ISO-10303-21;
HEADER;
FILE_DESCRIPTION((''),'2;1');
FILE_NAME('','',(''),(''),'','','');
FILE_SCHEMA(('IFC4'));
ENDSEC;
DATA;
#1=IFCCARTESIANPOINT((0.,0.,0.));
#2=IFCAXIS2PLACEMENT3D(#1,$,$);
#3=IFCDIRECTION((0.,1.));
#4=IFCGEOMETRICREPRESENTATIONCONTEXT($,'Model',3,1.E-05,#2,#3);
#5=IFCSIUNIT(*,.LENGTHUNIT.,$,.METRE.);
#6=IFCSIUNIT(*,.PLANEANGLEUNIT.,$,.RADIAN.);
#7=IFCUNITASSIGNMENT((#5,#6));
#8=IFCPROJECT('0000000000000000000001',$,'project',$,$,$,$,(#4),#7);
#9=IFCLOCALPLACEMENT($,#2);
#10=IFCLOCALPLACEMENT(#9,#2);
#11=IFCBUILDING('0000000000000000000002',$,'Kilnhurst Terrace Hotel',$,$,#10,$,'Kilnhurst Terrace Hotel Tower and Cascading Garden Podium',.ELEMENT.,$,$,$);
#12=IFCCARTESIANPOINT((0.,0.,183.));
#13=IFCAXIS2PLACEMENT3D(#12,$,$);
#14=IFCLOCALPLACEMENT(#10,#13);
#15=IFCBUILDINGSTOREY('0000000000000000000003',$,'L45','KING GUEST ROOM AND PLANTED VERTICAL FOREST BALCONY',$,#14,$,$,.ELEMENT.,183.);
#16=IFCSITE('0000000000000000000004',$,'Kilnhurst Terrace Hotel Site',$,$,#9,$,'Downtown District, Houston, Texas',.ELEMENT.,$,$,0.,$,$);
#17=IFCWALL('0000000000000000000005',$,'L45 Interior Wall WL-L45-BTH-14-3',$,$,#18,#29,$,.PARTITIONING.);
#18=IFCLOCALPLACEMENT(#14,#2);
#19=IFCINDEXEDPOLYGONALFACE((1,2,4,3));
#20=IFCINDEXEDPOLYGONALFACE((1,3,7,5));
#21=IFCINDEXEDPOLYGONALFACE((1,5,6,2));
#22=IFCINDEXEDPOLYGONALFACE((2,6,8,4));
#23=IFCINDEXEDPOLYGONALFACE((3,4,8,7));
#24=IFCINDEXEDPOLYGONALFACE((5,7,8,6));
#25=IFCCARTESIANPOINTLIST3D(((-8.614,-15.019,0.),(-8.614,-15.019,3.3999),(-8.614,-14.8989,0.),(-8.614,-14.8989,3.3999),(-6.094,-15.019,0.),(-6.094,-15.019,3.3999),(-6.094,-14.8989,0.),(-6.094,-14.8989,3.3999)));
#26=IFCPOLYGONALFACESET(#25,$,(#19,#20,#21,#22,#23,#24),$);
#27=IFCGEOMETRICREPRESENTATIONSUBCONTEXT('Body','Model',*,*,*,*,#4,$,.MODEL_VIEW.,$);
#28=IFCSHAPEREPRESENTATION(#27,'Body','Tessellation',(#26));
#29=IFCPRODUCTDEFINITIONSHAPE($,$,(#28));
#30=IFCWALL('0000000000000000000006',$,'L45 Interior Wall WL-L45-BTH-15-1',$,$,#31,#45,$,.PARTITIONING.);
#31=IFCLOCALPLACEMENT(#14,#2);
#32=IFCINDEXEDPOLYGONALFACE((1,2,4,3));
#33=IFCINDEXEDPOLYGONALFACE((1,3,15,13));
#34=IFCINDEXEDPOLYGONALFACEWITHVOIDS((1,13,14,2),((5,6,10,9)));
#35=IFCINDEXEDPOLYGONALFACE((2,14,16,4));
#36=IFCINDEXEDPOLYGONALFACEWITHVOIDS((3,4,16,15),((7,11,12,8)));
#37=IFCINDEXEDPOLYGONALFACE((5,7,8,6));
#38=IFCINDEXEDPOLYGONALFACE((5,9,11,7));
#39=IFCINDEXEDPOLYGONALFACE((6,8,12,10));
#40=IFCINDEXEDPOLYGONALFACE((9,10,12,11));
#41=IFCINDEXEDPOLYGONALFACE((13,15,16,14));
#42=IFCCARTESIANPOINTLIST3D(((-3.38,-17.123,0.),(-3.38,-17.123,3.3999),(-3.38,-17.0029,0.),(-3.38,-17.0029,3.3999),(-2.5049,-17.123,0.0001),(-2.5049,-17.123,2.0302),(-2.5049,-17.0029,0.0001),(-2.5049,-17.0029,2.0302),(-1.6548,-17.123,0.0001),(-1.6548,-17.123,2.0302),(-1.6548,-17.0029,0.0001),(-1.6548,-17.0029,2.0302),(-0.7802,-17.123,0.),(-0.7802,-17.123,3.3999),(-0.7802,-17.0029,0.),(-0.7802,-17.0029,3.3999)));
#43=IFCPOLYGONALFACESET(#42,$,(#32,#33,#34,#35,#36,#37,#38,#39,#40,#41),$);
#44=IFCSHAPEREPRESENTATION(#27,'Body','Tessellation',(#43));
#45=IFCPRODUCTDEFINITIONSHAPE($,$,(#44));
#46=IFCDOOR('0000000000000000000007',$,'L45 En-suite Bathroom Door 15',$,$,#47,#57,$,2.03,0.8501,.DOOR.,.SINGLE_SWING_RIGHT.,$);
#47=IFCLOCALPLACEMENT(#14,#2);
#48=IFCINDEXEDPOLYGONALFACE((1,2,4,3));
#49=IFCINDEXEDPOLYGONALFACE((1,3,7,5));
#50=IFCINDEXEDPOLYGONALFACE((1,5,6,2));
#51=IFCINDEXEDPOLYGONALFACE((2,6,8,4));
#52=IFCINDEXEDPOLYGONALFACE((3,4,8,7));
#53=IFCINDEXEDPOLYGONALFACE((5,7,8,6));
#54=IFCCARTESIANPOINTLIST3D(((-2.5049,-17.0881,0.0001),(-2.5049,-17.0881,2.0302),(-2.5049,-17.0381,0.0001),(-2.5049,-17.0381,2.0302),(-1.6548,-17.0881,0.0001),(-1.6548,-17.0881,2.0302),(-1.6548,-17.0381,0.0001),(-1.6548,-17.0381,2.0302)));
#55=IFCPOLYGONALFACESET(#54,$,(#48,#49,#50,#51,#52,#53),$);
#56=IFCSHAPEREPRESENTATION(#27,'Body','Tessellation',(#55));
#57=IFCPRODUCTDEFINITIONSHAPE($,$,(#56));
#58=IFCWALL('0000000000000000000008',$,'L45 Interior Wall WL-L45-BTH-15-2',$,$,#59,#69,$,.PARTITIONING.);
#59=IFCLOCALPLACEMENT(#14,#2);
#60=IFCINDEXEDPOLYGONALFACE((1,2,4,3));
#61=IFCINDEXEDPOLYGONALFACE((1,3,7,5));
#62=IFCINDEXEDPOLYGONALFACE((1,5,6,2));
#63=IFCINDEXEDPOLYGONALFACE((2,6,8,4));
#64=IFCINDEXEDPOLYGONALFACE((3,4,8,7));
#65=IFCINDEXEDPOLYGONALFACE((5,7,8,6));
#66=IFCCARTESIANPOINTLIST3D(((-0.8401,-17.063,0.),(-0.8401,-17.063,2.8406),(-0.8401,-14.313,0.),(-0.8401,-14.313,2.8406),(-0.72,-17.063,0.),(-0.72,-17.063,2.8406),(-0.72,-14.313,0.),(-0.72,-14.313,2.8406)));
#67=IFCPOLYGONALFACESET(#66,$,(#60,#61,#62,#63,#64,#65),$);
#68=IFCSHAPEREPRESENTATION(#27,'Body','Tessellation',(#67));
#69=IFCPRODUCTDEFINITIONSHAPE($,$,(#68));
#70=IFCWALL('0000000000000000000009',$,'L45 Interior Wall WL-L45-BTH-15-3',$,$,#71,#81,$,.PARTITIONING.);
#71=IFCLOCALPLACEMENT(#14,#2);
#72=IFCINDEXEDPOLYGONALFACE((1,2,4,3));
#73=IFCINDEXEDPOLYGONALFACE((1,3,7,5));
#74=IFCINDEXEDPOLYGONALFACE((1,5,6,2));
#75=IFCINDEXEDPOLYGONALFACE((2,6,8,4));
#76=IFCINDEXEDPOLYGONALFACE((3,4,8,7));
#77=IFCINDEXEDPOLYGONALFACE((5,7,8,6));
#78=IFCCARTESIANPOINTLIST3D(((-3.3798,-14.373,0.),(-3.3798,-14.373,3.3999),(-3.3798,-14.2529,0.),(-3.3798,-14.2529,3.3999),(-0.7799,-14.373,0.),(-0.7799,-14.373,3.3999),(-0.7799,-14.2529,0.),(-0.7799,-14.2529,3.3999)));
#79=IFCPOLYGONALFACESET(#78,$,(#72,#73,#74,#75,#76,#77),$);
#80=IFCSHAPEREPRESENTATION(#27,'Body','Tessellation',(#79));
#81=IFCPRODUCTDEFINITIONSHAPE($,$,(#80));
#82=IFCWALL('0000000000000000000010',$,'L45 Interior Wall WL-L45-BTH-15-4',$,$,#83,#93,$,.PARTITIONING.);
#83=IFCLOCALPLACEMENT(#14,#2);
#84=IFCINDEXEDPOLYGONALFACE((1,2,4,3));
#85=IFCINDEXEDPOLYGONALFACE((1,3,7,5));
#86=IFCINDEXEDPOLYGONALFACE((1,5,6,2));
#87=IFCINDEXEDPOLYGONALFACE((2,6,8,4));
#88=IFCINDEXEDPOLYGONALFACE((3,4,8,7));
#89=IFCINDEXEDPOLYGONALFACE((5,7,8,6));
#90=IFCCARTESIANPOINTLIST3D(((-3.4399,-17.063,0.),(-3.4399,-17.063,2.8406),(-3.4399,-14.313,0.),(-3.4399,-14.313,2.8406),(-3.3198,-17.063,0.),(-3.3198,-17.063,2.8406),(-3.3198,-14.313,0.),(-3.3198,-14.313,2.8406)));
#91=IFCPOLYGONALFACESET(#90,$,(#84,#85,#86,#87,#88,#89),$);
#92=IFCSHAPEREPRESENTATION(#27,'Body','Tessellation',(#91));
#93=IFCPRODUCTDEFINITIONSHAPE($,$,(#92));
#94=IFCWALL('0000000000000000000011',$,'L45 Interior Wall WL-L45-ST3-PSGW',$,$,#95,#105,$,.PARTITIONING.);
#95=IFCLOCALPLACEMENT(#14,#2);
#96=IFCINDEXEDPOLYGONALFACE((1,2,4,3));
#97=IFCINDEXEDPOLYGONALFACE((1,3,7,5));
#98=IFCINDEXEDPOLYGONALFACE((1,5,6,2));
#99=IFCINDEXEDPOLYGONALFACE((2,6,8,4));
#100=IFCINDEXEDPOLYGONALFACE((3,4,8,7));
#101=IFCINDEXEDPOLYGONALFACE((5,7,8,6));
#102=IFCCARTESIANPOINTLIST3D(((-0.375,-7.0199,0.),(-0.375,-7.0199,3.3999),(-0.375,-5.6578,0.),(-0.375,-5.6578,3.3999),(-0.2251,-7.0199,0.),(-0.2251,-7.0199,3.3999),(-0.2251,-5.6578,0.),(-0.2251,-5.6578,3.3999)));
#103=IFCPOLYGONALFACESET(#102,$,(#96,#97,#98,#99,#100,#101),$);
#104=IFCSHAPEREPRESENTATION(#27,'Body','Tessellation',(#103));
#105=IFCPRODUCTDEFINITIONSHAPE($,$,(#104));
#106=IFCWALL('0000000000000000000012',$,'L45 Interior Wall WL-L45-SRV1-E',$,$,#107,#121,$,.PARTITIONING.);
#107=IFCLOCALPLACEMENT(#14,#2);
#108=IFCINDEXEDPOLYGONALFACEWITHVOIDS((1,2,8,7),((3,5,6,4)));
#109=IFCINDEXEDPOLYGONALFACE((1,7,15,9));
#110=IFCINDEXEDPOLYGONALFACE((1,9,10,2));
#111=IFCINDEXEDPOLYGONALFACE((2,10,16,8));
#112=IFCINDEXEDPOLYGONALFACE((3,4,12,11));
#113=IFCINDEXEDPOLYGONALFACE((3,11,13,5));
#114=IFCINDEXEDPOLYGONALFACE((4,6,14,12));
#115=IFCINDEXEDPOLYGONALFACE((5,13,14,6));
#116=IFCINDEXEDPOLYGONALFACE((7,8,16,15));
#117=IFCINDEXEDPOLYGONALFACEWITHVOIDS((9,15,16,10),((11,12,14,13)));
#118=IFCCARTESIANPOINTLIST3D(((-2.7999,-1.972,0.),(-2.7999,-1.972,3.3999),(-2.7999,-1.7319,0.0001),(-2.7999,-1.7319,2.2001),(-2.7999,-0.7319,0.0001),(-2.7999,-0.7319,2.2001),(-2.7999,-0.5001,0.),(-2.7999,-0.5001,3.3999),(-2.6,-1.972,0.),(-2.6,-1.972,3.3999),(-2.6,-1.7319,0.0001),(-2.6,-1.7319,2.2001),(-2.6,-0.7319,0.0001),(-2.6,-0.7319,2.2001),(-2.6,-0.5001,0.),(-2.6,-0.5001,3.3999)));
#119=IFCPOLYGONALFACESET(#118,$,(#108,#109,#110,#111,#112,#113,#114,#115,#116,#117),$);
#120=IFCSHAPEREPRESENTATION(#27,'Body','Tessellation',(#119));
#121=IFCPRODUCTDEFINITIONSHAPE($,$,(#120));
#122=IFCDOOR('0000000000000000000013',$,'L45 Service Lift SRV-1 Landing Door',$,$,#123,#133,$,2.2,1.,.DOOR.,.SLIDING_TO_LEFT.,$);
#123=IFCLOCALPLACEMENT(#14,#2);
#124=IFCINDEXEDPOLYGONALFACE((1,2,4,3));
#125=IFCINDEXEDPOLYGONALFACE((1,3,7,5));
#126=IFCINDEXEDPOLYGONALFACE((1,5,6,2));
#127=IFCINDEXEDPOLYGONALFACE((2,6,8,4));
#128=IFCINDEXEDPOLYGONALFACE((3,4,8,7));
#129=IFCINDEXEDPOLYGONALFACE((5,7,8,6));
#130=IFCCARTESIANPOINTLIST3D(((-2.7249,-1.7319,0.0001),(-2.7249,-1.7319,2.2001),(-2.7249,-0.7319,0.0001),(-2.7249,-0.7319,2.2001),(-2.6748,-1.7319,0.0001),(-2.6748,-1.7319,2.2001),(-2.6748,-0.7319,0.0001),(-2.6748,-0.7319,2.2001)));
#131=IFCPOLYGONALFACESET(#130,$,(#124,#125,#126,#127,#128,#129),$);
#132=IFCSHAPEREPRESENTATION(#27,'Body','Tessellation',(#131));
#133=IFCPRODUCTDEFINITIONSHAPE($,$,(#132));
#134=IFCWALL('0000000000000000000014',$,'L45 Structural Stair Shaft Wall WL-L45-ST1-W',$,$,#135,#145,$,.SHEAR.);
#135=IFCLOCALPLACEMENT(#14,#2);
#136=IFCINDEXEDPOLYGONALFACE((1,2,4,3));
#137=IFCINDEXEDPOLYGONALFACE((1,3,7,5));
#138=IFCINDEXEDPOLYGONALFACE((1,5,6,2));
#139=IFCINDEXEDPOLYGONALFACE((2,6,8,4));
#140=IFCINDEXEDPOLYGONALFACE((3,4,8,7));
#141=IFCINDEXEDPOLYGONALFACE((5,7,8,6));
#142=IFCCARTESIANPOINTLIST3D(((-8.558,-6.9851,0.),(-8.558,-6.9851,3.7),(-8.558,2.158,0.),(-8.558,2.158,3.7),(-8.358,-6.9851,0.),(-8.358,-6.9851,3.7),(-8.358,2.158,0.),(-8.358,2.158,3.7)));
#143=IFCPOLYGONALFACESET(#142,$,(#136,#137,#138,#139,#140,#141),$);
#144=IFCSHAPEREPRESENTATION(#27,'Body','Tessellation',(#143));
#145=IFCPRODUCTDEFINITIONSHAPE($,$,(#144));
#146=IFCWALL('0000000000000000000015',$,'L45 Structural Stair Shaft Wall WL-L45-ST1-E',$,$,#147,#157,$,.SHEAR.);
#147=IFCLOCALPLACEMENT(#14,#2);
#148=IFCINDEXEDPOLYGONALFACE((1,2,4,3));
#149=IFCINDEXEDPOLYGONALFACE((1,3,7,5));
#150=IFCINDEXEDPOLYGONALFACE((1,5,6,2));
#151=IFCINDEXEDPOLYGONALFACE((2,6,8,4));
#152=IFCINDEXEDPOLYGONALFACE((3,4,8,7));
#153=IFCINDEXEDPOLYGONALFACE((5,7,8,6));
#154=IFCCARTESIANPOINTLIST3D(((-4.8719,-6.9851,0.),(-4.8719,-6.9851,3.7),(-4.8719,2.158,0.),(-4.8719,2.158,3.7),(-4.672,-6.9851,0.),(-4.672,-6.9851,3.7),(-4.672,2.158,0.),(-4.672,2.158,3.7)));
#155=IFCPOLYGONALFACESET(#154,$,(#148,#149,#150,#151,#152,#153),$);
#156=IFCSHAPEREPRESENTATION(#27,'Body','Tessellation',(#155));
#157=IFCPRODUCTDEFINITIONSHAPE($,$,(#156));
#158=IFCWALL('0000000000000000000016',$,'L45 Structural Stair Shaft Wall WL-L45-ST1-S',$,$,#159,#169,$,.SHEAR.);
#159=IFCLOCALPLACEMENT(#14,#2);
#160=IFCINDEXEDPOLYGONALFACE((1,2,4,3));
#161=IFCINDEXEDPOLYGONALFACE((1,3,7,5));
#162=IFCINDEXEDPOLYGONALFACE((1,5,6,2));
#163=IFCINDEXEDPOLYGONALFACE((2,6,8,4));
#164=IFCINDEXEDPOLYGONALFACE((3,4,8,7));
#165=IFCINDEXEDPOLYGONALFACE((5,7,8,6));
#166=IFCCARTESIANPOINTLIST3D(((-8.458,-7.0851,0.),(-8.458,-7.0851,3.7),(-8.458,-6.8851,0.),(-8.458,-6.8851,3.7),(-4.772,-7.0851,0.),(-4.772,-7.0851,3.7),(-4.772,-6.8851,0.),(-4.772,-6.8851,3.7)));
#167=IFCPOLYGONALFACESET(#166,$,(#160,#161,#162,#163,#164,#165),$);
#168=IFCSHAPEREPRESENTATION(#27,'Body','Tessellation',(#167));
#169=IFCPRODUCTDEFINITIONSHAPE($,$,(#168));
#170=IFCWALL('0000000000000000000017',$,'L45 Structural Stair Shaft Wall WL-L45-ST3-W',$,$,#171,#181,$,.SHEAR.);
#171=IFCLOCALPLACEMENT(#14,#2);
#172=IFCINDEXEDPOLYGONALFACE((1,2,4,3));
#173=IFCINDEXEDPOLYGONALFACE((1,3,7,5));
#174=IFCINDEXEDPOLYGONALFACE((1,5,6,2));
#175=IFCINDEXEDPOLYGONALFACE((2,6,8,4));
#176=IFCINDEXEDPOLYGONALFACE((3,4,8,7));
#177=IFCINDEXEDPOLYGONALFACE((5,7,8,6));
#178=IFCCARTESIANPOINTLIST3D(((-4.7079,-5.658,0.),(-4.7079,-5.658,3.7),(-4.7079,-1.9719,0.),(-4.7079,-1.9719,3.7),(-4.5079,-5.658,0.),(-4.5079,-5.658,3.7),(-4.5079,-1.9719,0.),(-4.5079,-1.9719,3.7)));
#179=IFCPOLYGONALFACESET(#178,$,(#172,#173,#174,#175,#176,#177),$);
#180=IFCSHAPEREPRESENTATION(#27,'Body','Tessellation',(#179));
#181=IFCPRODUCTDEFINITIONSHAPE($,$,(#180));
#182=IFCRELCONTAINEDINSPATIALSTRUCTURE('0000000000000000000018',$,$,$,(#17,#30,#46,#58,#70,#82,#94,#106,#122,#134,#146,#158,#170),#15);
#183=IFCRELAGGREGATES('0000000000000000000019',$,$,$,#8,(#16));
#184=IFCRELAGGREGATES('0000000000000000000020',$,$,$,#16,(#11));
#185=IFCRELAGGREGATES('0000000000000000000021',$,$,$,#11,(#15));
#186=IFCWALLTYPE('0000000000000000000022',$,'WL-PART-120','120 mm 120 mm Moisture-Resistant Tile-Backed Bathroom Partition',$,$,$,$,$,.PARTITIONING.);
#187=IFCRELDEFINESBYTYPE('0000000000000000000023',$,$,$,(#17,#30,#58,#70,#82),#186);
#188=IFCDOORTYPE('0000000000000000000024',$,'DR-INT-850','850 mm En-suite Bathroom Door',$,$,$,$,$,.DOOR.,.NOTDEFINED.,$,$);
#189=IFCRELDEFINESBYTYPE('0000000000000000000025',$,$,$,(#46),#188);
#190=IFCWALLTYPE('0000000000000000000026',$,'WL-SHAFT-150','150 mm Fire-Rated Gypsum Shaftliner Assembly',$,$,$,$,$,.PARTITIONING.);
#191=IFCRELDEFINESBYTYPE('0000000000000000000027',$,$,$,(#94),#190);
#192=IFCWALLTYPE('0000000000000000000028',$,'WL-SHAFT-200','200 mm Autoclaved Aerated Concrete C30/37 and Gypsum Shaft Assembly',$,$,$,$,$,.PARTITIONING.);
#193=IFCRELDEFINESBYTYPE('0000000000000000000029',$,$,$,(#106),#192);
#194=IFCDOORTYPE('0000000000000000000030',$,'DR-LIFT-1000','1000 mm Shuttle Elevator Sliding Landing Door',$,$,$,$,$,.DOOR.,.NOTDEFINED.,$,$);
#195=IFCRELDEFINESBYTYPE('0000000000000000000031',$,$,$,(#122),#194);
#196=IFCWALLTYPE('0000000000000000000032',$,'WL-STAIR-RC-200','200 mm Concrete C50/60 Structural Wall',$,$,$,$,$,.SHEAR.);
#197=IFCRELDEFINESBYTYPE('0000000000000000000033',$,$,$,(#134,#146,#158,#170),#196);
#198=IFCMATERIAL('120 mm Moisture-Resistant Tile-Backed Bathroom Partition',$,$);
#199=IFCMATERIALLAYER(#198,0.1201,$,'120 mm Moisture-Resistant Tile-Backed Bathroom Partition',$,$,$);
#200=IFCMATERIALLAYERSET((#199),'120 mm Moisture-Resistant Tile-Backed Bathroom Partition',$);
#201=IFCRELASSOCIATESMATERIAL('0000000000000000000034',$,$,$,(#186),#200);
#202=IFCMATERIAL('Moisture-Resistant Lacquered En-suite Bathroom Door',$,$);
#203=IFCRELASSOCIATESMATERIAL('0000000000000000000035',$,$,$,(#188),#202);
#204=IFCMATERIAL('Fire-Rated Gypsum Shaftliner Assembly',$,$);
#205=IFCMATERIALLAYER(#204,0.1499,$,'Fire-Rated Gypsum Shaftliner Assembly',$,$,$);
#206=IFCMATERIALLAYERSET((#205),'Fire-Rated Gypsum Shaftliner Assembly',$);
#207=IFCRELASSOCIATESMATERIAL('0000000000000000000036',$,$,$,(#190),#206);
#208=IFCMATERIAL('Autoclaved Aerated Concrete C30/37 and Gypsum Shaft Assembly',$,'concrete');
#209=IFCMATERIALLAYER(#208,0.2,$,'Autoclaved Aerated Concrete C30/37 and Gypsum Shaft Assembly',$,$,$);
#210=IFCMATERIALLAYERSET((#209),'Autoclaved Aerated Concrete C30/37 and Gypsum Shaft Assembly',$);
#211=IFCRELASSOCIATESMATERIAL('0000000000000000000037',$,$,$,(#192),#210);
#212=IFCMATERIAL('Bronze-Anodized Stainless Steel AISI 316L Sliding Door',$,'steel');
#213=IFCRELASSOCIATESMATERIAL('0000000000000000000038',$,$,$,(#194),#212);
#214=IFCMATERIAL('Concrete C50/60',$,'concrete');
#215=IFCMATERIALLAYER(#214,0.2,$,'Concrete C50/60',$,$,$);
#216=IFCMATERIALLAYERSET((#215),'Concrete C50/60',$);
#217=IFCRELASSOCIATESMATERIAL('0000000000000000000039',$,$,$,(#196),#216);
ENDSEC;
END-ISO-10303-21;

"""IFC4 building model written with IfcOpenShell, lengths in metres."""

from ifc_helpers import new_model, si_unit, direction, frame, frame_2d, origin, place, context, subcontext, project, spatial, rectangle, extrude, material, layer, layer_set, type_object, element, fill, save


model = new_model("IFC4")

# Units and contexts
model_context = context("Model", 3, precision=1e-05, world=origin(), true_north=direction((0.0, 1.0)))
body_context = subcontext(model_context, "Body", "Model", "MODEL_VIEW")
ifc_project = project(units=[si_unit("LENGTHUNIT", "METRE"), si_unit("PLANEANGLEUNIT", "RADIAN")], contexts=[model_context])

# Site, building, storey
site_placement = place(None, origin())
site = spatial("IfcSite", under=ifc_project, at=site_placement, Name="Kilnhurst Terrace Hotel Site", LongName="Downtown District, Houston, Texas", CompositionType="ELEMENT", RefElevation=0.0)
building_placement = place(site_placement, origin())
building = spatial("IfcBuilding", under=site, at=building_placement, Name="Kilnhurst Terrace Hotel", LongName="Kilnhurst Terrace Hotel Tower and Cascading Garden Podium", CompositionType="ELEMENT")
storey_placement = place(building_placement, frame((0.0, 0.0, 183.0)))
storey = spatial("IfcBuildingStorey", under=building, at=storey_placement, Name="L45", Description="KING GUEST ROOM AND PLANTED VERTICAL FOREST BALCONY", CompositionType="ELEMENT", Elevation=183.0)

# Shared definitions
ifc_material_1 = material(Name="Concrete C50/60", Category="concrete")

# Wall
ifc_material_2 = material(Name="120 mm Moisture-Resistant Tile-Backed Bathroom Partition")
ifc_layer_1 = layer(ifc_material_2, 0.1201, Name="120 mm Moisture-Resistant Tile-Backed Bathroom Partition")
ifc_layer_set_1 = layer_set([ifc_layer_1], Name="120 mm Moisture-Resistant Tile-Backed Bathroom Partition")
wall_type_1 = type_object("IfcWallType", Name="WL-PART-120", Description="120 mm 120 mm Moisture-Resistant Tile-Backed Bathroom Partition", PredefinedType="PARTITIONING", material=ifc_layer_set_1)
wall_1_placement = place(storey_placement, frame((-6.094, -14.959, 0.0), z_axis=(0.0, 0.0, 1.0), x_axis=(-1.0, 0.0, 0.0)))
element("IfcWall", 1, at=wall_1_placement, inside=storey, type_object=wall_type_1, Name="L45 Interior Wall WL-L45-BTH-14-3", PredefinedType="PARTITIONING", context=body_context, shape_type="SweptSolid", body=[
    extrude(rectangle(XDim=2.52, YDim=0.1201, at=frame_2d((1.26, 0.0))), origin(), (0.0, 0.0, 1.0), 3.3999),
])

# Wall, opening, door
wall_2_placement = place(storey_placement, frame((-3.3799, -17.063, 0.0), z_axis=(0.0, 0.0, 1.0), x_axis=(1.0, 0.0, 0.0)))
wall_2 = element("IfcWall", 2, at=wall_2_placement, inside=storey, type_object=wall_type_1, Name="L45 Interior Wall WL-L45-BTH-15-1", PredefinedType="PARTITIONING", context=body_context, shape_type="SweptSolid", body=[
    extrude(rectangle(XDim=2.5999, YDim=0.1201, at=frame_2d((1.2998, 0.0))), origin(), (0.0, 0.0, 1.0), 3.3999),
])
opening_1_placement = place(wall_2_placement, frame((0.875, 0.0, 0.0)))
opening_1 = element("IfcOpeningElement", 3, at=opening_1_placement, cuts=wall_2, PredefinedType="OPENING", context=body_context, shape_type="SweptSolid", body=[
    extrude(rectangle(XDim=0.8501, YDim=2.03, at=frame_2d((0.425, 1.0151))), frame((0.0, 0.0701, 0.0), z_axis=(0.0, -1.0, 0.0), x_axis=(1.0, 0.0, 0.0)), (0.0, 0.0, 1.0), 0.1401),
])
ifc_material_3 = material(Name="Moisture-Resistant Lacquered En-suite Bathroom Door")
door_type_1 = type_object("IfcDoorType", Name="DR-INT-850", Description="850 mm En-suite Bathroom Door", OperationType="NOTDEFINED", PredefinedType="DOOR", material=ifc_material_3)
door_1_placement = place(opening_1_placement, origin())
door_1 = element("IfcDoor", 4, at=door_1_placement, inside=storey, type_object=door_type_1, Name="L45 En-suite Bathroom Door 15", OperationType="SINGLE_SWING_RIGHT", OverallHeight=2.03, OverallWidth=0.8501, PredefinedType="DOOR", context=body_context, shape_type="SweptSolid", body=[
    extrude(rectangle(XDim=0.8501, YDim=2.03, at=frame_2d((0.425, 1.0151))), frame((0.0, 0.0249, 0.0), z_axis=(0.0, -1.0, 0.0), x_axis=(1.0, 0.0, 0.0)), (0.0, 0.0, 1.0), 0.05),
])
fill(opening_1, door_1)

# Walls
wall_3_placement = place(storey_placement, frame((-0.78, -17.063, 0.0), z_axis=(0.0, 0.0, 1.0), x_axis=(0.0, 1.0, 0.0)))
element("IfcWall", 5, at=wall_3_placement, inside=storey, type_object=wall_type_1, Name="L45 Interior Wall WL-L45-BTH-15-2", PredefinedType="PARTITIONING", context=body_context, shape_type="SweptSolid", body=[
    extrude(rectangle(XDim=2.75, YDim=0.1201, at=frame_2d((1.375, 0.0))), origin(), (0.0, 0.0, 1.0), 2.8406),
])
wall_4_placement = place(storey_placement, frame((-0.78, -14.313, 0.0), z_axis=(0.0, 0.0, 1.0), x_axis=(-1.0, 0.0, 0.0)))
element("IfcWall", 6, at=wall_4_placement, inside=storey, type_object=wall_type_1, Name="L45 Interior Wall WL-L45-BTH-15-3", PredefinedType="PARTITIONING", context=body_context, shape_type="SweptSolid", body=[
    extrude(rectangle(XDim=2.5999, YDim=0.1201, at=frame_2d((1.2998, 0.0))), origin(), (0.0, 0.0, 1.0), 3.3999),
])
wall_5_placement = place(storey_placement, frame((-3.3799, -14.313, 0.0), z_axis=(0.0, 0.0, 1.0), x_axis=(0.0, -1.0, 0.0)))
element("IfcWall", 7, at=wall_5_placement, inside=storey, type_object=wall_type_1, Name="L45 Interior Wall WL-L45-BTH-15-4", PredefinedType="PARTITIONING", context=body_context, shape_type="SweptSolid", body=[
    extrude(rectangle(XDim=2.75, YDim=0.1201, at=frame_2d((1.375, 0.0))), origin(), (0.0, 0.0, 1.0), 2.8406),
])
ifc_material_4 = material(Name="Fire-Rated Gypsum Shaftliner Assembly")
ifc_layer_2 = layer(ifc_material_4, 0.1499, Name="Fire-Rated Gypsum Shaftliner Assembly")
ifc_layer_set_2 = layer_set([ifc_layer_2], Name="Fire-Rated Gypsum Shaftliner Assembly")
wall_type_2 = type_object("IfcWallType", Name="WL-SHAFT-150", Description="150 mm Fire-Rated Gypsum Shaftliner Assembly", PredefinedType="PARTITIONING", material=ifc_layer_set_2)
wall_6_placement = place(storey_placement, frame((-0.3, -7.02, 0.0), z_axis=(0.0, 0.0, 1.0), x_axis=(0.0, 1.0, 0.0)))
element("IfcWall", 8, at=wall_6_placement, inside=storey, type_object=wall_type_2, Name="L45 Interior Wall WL-L45-ST3-PSGW", PredefinedType="PARTITIONING", context=body_context, shape_type="SweptSolid", body=[
    extrude(rectangle(XDim=1.3621, YDim=0.1499, at=frame_2d((0.6812, 0.0))), origin(), (0.0, 0.0, 1.0), 3.3999),
])

# Wall, opening, door
ifc_material_5 = material(Name="Autoclaved Aerated Concrete C30/37 and Gypsum Shaft Assembly", Category="concrete")
ifc_layer_3 = layer(ifc_material_5, 0.2, Name="Autoclaved Aerated Concrete C30/37 and Gypsum Shaft Assembly")
ifc_layer_set_3 = layer_set([ifc_layer_3], Name="Autoclaved Aerated Concrete C30/37 and Gypsum Shaft Assembly")
wall_type_3 = type_object("IfcWallType", Name="WL-SHAFT-200", Description="200 mm Autoclaved Aerated Concrete C30/37 and Gypsum Shaft Assembly", PredefinedType="PARTITIONING", material=ifc_layer_set_3)
wall_7_placement = place(storey_placement, frame((-2.7, -1.9719, 0.0), z_axis=(0.0, 0.0, 1.0), x_axis=(0.0, 1.0, 0.0)))
wall_7 = element("IfcWall", 9, at=wall_7_placement, inside=storey, type_object=wall_type_3, Name="L45 Interior Wall WL-L45-SRV1-E", PredefinedType="PARTITIONING", context=body_context, shape_type="SweptSolid", body=[
    extrude(rectangle(XDim=1.4719, YDim=0.2, at=frame_2d((0.7358, 0.0))), origin(), (0.0, 0.0, 1.0), 3.3999),
])
opening_2_placement = place(wall_7_placement, frame((0.24, 0.0, 0.0)))
opening_2 = element("IfcOpeningElement", 10, at=opening_2_placement, cuts=wall_7, PredefinedType="OPENING", context=body_context, shape_type="SweptSolid", body=[
    extrude(rectangle(XDim=1.0, YDim=2.2, at=frame_2d((0.5, 1.1001))), frame((0.0, 0.1099, 0.0), z_axis=(0.0, -1.0, 0.0), x_axis=(1.0, 0.0, 0.0)), (0.0, 0.0, 1.0), 0.22),
])
ifc_material_6 = material(Name="Bronze-Anodized Stainless Steel AISI 316L Sliding Door", Category="steel")
door_type_2 = type_object("IfcDoorType", Name="DR-LIFT-1000", Description="1000 mm Shuttle Elevator Sliding Landing Door", OperationType="NOTDEFINED", PredefinedType="DOOR", material=ifc_material_6)
door_2_placement = place(opening_2_placement, origin())
door_2 = element("IfcDoor", 11, at=door_2_placement, inside=storey, type_object=door_type_2, Name="L45 Service Lift SRV-1 Landing Door", OperationType="SLIDING_TO_LEFT", OverallHeight=2.2, OverallWidth=1.0, PredefinedType="DOOR", context=body_context, shape_type="SweptSolid", body=[
    extrude(rectangle(XDim=1.0, YDim=2.2, at=frame_2d((0.5, 1.1001))), frame((0.0, 0.0249, 0.0), z_axis=(0.0, -1.0, 0.0), x_axis=(1.0, 0.0, 0.0)), (0.0, 0.0, 1.0), 0.05),
])
fill(opening_2, door_2)

# Walls
ifc_layer_4 = layer(ifc_material_1, 0.2, Name="Concrete C50/60")
ifc_layer_set_4 = layer_set([ifc_layer_4], Name="Concrete C50/60")
wall_type_4 = type_object("IfcWallType", Name="WL-STAIR-RC-200", Description="200 mm Concrete C50/60 Structural Wall", PredefinedType="SHEAR", material=ifc_layer_set_4)
for number, where, z_axis, x_axis, name in (
    (12, (-8.458, -6.9851, 0.0), (0.0, 0.0, 1.0), (0.0, 1.0, 0.0), "L45 Structural Stair Shaft Wall WL-L45-ST1-W"),
    (13, (-4.772, -6.9851, 0.0), (0.0, 0.0, 1.0), (0.0, 1.0, 0.0), "L45 Structural Stair Shaft Wall WL-L45-ST1-E"),
):
    element("IfcWall", number, at=place(storey_placement, frame(where, z_axis=z_axis, x_axis=x_axis)), inside=storey, type_object=wall_type_4, Name=name, PredefinedType="SHEAR", context=body_context, shape_type="SweptSolid", body=[
        extrude(rectangle(XDim=9.1431, YDim=0.2, at=frame_2d((4.5715, 0.0))), origin(), (0.0, 0.0, 1.0), 3.7),
    ])
for number, where, z_axis, x_axis, name in (
    (14, (-8.458, -6.9851, 0.0), (0.0, 0.0, 1.0), (1.0, 0.0, 0.0), "L45 Structural Stair Shaft Wall WL-L45-ST1-S"),
    (15, (-4.6079, -5.658, 0.0), (0.0, 0.0, 1.0), (0.0, 1.0, 0.0), "L45 Structural Stair Shaft Wall WL-L45-ST3-W"),
):
    element("IfcWall", number, at=place(storey_placement, frame(where, z_axis=z_axis, x_axis=x_axis)), inside=storey, type_object=wall_type_4, Name=name, PredefinedType="SHEAR", context=body_context, shape_type="SweptSolid", body=[
        extrude(rectangle(XDim=3.686, YDim=0.2, at=frame_2d((1.843, 0.0))), origin(), (0.0, 0.0, 1.0), 3.7),
    ])

save(model, "model.ifc")
